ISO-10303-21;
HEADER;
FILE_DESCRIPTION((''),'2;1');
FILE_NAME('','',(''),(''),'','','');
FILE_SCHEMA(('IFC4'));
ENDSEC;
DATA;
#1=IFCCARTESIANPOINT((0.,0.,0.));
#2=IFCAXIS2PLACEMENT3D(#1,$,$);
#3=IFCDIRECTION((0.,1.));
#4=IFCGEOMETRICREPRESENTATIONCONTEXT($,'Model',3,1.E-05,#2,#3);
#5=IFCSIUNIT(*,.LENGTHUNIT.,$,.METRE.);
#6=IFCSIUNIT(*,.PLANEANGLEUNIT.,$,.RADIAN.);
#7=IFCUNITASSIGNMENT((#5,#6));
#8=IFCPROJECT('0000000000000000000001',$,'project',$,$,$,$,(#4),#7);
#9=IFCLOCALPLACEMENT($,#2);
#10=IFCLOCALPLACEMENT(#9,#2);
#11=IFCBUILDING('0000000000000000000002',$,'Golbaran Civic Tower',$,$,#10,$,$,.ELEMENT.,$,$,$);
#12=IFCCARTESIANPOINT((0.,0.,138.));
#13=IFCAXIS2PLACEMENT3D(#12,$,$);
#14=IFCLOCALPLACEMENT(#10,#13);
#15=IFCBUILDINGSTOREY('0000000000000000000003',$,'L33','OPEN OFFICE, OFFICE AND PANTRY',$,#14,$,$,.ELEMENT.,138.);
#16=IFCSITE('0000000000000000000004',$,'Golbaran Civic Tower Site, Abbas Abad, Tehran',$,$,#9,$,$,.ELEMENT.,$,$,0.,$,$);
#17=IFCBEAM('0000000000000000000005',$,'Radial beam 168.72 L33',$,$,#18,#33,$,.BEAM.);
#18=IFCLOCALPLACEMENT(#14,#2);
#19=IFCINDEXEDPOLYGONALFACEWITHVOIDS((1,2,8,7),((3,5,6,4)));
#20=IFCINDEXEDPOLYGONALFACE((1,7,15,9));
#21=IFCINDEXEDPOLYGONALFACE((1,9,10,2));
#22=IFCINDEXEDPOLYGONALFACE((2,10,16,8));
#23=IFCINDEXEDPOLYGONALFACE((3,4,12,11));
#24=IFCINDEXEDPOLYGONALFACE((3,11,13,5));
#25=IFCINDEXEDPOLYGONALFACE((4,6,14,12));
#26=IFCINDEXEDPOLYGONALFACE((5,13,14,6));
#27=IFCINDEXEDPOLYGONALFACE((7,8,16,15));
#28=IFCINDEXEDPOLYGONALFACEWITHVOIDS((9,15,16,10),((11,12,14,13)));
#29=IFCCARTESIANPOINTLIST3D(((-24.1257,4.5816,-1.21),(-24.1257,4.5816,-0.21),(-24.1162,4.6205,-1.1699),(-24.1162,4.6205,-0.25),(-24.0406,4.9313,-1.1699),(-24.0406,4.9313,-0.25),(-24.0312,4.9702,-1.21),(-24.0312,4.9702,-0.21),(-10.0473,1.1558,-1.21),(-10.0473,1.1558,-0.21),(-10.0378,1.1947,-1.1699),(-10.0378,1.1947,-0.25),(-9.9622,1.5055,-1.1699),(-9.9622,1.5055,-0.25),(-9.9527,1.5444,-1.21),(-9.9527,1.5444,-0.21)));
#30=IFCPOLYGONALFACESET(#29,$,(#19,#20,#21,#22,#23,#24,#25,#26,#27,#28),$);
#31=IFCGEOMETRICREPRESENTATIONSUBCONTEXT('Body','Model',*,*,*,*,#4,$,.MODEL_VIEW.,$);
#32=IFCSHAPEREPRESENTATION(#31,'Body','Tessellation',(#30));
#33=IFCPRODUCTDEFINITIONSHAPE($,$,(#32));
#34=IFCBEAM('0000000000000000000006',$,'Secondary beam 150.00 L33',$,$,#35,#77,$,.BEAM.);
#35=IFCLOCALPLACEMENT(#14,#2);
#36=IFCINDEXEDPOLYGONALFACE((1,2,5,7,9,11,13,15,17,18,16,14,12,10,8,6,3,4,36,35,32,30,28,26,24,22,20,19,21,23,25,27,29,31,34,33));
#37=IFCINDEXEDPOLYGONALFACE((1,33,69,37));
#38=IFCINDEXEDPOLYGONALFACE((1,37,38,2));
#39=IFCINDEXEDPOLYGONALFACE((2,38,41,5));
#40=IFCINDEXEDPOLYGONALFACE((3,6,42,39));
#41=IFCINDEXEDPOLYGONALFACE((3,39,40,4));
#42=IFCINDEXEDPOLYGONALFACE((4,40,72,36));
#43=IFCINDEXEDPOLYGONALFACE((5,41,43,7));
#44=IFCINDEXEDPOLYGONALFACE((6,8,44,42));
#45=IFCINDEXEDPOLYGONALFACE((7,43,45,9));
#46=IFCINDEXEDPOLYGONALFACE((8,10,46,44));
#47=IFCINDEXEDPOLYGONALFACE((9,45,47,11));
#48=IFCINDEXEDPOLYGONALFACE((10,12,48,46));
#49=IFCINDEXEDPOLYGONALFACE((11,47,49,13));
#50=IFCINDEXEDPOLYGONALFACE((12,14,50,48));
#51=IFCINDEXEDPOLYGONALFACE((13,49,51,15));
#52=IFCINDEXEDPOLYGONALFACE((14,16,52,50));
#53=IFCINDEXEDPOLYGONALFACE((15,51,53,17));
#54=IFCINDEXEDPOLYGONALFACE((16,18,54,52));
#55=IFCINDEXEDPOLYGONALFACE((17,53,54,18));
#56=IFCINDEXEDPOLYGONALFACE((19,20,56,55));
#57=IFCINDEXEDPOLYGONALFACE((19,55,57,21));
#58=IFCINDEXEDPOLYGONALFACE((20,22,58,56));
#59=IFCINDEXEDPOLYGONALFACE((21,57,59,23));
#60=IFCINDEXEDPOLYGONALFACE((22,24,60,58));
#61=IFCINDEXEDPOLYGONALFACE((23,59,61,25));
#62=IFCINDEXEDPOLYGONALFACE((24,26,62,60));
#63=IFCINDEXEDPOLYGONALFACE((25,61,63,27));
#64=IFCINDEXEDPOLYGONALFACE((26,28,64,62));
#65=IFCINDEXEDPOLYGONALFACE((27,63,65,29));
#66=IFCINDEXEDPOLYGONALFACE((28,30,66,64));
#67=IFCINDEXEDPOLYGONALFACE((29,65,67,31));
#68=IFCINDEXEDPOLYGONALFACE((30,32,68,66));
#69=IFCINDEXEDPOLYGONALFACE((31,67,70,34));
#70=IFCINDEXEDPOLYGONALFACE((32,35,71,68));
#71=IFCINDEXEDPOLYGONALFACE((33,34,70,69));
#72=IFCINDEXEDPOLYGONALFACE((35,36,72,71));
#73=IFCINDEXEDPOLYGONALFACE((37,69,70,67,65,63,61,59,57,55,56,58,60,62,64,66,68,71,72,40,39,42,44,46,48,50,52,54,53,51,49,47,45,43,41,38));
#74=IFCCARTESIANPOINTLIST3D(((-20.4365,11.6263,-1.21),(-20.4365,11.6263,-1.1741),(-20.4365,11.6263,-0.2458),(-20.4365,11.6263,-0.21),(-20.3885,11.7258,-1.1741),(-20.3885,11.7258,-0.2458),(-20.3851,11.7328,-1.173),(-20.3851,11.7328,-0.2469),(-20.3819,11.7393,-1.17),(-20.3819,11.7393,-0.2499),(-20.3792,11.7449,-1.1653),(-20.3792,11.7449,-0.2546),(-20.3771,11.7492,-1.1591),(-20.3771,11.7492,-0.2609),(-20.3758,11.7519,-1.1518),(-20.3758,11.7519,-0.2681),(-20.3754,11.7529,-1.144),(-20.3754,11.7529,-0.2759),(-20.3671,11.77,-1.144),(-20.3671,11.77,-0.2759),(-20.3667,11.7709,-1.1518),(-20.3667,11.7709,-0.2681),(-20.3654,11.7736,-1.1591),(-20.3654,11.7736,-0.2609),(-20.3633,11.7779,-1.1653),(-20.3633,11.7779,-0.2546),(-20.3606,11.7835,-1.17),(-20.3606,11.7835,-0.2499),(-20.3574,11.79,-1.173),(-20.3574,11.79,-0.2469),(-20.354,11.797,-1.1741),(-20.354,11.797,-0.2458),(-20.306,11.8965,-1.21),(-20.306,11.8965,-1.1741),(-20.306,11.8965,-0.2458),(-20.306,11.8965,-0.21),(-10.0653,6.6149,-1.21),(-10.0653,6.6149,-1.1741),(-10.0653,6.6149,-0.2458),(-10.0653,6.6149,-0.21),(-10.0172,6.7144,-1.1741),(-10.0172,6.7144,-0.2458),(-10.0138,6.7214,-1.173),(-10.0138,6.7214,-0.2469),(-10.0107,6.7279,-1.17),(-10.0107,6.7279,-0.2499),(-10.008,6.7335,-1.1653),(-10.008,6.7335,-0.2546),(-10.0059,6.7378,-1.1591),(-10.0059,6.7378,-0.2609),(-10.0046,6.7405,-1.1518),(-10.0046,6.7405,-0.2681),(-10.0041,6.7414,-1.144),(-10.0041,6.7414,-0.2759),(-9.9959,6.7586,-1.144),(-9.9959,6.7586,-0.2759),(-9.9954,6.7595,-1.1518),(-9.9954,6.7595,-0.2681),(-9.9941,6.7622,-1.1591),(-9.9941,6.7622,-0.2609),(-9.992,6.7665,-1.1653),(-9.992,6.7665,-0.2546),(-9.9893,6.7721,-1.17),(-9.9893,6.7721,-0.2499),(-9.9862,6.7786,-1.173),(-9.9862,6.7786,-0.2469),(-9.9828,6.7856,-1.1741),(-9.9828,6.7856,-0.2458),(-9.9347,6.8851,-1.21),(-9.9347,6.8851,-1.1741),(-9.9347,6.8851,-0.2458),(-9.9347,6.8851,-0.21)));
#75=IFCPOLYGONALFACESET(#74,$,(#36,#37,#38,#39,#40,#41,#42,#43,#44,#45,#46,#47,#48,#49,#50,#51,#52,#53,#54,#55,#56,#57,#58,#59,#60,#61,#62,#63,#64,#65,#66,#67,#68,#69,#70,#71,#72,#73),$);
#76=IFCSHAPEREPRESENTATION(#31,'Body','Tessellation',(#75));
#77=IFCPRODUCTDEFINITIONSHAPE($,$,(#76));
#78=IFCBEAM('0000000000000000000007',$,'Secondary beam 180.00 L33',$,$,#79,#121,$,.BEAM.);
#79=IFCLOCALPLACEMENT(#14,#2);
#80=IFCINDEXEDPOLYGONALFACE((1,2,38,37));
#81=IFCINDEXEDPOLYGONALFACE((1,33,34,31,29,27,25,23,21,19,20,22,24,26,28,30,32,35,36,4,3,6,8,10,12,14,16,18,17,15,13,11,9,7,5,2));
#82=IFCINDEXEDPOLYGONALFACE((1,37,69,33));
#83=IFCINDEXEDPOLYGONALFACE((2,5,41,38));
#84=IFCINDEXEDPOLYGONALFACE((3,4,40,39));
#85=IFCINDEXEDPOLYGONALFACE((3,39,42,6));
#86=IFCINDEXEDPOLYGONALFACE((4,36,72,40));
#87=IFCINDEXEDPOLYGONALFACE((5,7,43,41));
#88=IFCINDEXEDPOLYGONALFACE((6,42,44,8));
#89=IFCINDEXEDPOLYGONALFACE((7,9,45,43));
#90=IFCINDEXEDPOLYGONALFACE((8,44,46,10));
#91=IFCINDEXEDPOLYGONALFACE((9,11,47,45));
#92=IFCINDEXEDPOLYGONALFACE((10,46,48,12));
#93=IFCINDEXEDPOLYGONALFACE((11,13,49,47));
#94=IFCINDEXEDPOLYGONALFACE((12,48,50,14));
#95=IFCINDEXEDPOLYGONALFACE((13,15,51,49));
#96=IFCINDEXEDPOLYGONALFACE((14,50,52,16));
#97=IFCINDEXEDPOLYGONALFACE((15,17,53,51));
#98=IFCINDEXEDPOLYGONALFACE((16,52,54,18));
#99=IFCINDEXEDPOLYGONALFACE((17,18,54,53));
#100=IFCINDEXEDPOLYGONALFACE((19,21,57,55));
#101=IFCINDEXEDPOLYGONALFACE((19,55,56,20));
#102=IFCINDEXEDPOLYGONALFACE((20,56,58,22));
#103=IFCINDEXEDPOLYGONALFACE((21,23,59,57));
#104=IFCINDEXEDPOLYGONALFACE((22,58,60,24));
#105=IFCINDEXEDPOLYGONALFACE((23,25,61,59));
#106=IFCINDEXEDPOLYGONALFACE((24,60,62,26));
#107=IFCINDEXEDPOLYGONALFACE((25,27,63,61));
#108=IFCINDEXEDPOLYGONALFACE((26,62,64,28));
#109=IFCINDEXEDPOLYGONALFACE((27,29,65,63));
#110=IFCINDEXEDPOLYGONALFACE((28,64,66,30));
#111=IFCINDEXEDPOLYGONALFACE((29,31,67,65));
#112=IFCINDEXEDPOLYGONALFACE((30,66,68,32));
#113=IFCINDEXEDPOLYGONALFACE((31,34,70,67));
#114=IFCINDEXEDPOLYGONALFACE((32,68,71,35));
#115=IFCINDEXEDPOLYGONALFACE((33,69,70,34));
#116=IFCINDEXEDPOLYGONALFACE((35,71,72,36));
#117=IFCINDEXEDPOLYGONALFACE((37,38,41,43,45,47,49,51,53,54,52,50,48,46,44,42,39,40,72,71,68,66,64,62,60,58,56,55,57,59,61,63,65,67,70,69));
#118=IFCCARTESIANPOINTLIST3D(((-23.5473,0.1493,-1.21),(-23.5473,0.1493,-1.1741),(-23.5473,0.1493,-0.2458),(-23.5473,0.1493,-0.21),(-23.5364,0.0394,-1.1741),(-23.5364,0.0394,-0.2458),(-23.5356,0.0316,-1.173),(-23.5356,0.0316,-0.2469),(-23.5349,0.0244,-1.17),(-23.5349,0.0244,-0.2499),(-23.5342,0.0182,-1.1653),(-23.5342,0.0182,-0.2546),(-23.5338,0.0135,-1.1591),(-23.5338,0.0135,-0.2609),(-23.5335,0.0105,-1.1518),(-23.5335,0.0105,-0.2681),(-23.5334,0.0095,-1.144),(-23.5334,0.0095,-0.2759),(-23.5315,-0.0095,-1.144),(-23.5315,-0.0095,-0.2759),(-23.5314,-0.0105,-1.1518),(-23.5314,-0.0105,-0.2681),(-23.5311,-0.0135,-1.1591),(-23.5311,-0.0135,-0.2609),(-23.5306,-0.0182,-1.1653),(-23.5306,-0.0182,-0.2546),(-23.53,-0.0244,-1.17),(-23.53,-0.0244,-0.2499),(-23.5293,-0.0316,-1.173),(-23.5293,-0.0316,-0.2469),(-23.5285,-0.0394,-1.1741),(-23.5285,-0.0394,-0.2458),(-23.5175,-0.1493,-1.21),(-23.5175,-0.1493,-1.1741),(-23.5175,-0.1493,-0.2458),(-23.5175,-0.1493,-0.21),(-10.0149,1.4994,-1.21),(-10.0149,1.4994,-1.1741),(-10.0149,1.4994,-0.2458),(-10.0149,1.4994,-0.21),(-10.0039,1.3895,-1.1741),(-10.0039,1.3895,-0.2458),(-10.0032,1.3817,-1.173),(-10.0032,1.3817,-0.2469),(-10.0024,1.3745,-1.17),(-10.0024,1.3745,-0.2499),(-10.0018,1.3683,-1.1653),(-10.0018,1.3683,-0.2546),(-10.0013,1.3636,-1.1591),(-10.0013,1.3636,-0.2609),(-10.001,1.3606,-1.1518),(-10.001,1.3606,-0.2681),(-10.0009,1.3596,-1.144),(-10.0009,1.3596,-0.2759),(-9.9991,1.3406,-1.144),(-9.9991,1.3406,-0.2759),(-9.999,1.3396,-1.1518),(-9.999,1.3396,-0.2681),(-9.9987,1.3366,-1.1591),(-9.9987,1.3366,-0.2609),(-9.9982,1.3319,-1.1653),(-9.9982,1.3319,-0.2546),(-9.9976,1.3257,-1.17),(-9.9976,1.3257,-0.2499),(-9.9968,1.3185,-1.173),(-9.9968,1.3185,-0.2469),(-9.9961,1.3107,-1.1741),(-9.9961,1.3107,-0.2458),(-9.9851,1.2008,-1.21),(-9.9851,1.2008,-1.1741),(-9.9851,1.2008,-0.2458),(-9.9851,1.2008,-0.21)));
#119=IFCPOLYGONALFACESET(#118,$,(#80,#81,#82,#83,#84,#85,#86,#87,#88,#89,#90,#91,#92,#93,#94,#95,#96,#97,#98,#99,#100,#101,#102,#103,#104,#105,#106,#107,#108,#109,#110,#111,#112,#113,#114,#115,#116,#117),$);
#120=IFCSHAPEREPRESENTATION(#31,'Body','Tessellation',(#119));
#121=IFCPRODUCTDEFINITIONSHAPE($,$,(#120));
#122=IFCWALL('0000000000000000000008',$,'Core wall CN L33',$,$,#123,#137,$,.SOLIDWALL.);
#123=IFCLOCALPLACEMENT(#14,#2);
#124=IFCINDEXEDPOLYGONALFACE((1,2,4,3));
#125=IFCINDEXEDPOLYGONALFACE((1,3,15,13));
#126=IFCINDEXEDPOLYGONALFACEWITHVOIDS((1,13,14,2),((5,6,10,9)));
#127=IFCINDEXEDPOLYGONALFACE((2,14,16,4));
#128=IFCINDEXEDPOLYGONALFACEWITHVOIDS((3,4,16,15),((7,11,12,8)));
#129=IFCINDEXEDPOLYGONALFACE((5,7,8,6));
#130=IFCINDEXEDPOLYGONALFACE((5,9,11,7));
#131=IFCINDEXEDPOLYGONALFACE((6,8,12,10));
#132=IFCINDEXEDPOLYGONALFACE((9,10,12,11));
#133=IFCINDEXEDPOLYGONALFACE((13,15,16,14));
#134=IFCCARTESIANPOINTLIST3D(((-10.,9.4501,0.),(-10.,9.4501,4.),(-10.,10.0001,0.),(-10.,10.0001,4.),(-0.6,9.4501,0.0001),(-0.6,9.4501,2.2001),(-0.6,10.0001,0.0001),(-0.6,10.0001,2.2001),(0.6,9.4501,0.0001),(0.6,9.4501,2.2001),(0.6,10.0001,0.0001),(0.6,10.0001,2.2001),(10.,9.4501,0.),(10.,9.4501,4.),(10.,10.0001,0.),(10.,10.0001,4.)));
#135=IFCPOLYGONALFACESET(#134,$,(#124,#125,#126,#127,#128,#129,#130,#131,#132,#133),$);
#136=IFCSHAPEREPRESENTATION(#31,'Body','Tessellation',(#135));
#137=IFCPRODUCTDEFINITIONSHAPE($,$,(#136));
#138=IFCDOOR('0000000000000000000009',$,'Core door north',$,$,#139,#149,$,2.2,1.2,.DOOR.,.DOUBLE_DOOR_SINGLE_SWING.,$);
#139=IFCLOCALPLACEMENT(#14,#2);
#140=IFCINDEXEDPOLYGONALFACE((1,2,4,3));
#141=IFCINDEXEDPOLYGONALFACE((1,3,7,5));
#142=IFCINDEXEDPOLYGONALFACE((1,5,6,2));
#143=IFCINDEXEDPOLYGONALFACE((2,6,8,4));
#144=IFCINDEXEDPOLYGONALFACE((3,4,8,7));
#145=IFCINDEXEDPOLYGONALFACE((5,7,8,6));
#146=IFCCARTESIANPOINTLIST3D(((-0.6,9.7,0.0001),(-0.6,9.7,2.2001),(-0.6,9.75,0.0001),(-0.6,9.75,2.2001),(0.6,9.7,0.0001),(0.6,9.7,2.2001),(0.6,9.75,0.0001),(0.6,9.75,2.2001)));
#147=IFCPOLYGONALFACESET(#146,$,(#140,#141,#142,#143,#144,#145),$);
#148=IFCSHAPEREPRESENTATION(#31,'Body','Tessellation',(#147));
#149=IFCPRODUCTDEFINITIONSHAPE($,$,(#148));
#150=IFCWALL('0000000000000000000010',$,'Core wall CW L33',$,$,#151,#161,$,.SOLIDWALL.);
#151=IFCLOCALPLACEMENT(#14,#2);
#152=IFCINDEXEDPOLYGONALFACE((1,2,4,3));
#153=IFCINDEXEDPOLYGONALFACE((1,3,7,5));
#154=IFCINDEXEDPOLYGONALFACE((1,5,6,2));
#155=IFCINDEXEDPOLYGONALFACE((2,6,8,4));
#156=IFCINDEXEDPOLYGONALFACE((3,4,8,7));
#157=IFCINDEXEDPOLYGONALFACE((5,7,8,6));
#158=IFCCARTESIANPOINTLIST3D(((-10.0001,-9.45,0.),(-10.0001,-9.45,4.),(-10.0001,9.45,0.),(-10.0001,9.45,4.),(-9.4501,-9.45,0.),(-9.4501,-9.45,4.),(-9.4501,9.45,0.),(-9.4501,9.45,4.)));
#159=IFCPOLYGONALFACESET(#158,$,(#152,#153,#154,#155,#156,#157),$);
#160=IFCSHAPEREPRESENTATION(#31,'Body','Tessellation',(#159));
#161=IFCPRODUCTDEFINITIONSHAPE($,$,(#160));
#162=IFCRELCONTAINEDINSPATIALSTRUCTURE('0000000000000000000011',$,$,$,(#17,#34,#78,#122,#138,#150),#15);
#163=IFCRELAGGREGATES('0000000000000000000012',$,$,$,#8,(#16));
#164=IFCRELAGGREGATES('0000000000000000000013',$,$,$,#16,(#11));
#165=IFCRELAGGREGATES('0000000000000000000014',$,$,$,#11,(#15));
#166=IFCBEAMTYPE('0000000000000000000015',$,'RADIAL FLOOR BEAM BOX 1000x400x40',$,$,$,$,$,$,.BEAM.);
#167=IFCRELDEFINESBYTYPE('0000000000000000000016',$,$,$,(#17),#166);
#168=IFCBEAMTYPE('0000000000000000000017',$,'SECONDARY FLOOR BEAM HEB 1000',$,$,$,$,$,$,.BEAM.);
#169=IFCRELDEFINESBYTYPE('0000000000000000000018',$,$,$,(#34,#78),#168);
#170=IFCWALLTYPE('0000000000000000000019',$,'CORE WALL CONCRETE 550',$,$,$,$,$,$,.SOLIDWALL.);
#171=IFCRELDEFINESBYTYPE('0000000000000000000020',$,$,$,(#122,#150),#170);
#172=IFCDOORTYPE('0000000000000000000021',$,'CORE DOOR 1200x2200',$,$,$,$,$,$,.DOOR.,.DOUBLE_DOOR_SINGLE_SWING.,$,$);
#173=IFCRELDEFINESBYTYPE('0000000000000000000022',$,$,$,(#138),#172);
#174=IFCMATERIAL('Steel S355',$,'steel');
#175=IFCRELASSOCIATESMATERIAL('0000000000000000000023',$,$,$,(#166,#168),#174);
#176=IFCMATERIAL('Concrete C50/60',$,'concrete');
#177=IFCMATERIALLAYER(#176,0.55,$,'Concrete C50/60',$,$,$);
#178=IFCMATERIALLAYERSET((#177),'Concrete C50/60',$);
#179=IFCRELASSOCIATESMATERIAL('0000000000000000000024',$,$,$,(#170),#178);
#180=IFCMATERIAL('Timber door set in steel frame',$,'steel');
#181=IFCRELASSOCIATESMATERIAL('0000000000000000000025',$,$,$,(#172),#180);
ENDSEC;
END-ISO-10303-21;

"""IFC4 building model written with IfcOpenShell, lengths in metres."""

from ifc_helpers import new_model, si_unit, direction, frame, frame_2d, origin, origin_2d, place, context, subcontext, project, spatial, rectangle, hollow_rectangle, i_section, extrude, material, layer, layer_set, material_profile, profile_set, type_object, element, fill, save


model = new_model("IFC4")

# Units and contexts
model_context = context("Model", 3, precision=1e-05, world=origin(), true_north=direction((0.0, 1.0)))
body_context = subcontext(model_context, "Body", "Model", "MODEL_VIEW")
ifc_project = project(units=[si_unit("LENGTHUNIT", "METRE"), si_unit("PLANEANGLEUNIT", "RADIAN")], contexts=[model_context])

# Site, building, storey
site_placement = place(None, origin())
site = spatial("IfcSite", under=ifc_project, at=site_placement, Name="Golbaran Civic Tower Site, Abbas Abad, Tehran", CompositionType="ELEMENT", RefElevation=0.0)
building_placement = place(site_placement, origin())
building = spatial("IfcBuilding", under=site, at=building_placement, Name="Golbaran Civic Tower", CompositionType="ELEMENT")
storey_placement = place(building_placement, frame((0.0, 0.0, 138.0)))
storey = spatial("IfcBuildingStorey", under=building, at=storey_placement, Name="L33", Description="OPEN OFFICE, OFFICE AND PANTRY", CompositionType="ELEMENT", Elevation=138.0)

# Beams
ifc_material_1 = material(Name="Steel S355", Category="steel")
ifc_material_profile_1 = material_profile(ifc_material_1, hollow_rectangle(XDim=0.3999, YDim=1.0, WallThickness=0.04, at=origin_2d()), Name="BOX 1000x400x40")
ifc_profile_set_1 = profile_set([ifc_material_profile_1], Name="Steel S355")
beam_type_1 = type_object("IfcBeamType", Name="RADIAL FLOOR BEAM BOX 1000x400x40", PredefinedType="BEAM", material=ifc_profile_set_1)
beam_1_placement = place(storey_placement, frame((-10.0, 1.3501, -0.71), z_axis=(-0.971647, 0.236437, 0.0), x_axis=(-0.236437, -0.971647, 0.0)))
element("IfcBeam", 1, at=beam_1_placement, inside=storey, type_object=beam_type_1, Name="Radial beam 168.72 L33", PredefinedType="BEAM", context=body_context, shape_type="SweptSolid", body=[
    extrude(hollow_rectangle(XDim=0.3999, YDim=1.0, WallThickness=0.04, at=origin_2d()), origin(), (0.0, 0.0, 1.0), 14.4893),
])
ifc_material_profile_2 = material_profile(ifc_material_1, i_section(OverallWidth=0.3, OverallDepth=1.0, WebThickness=0.019, FlangeThickness=0.0359, FilletRadius=0.03, at=origin_2d()), Name="HEB 1000")
ifc_profile_set_2 = profile_set([ifc_material_profile_2], Name="Steel S355")
beam_type_2 = type_object("IfcBeamType", Name="SECONDARY FLOOR BEAM HEB 1000", PredefinedType="BEAM", material=ifc_profile_set_2)
beam_2_placement = place(storey_placement, frame((-10.0, 6.75, -0.71), z_axis=(-0.900394, 0.435074, 0.0), x_axis=(-0.435074, -0.900394, 0.0)))
element("IfcBeam", 2, at=beam_2_placement, inside=storey, type_object=beam_type_2, Name="Secondary beam 150.00 L33", PredefinedType="BEAM", context=body_context, shape_type="SweptSolid", body=[
    extrude(i_section(OverallWidth=0.3, OverallDepth=1.0, WebThickness=0.019, FlangeThickness=0.0359, FilletRadius=0.03, at=origin_2d()), origin(), (0.0, 0.0, 1.0), 11.5186),
])
beam_3_placement = place(storey_placement, frame((-10.0, 1.3501, -0.71), z_axis=(-0.99506, -0.099274, 0.0), x_axis=(0.099274, -0.99506, 0.0)))
element("IfcBeam", 3, at=beam_3_placement, inside=storey, type_object=beam_type_2, Name="Secondary beam 180.00 L33", PredefinedType="BEAM", context=body_context, shape_type="SweptSolid", body=[
    extrude(i_section(OverallWidth=0.3, OverallDepth=1.0, WebThickness=0.019, FlangeThickness=0.0359, FilletRadius=0.03, at=origin_2d()), origin(), (0.0, 0.0, 1.0), 13.5996),
])

# Wall, opening, door
ifc_material_2 = material(Name="Concrete C50/60", Category="concrete")
ifc_layer_1 = layer(ifc_material_2, 0.55, Name="Concrete C50/60")
ifc_layer_set_1 = layer_set([ifc_layer_1], Name="Concrete C50/60")
wall_type_1 = type_object("IfcWallType", Name="CORE WALL CONCRETE 550", PredefinedType="SOLIDWALL", material=ifc_layer_set_1)
wall_1_placement = place(storey_placement, frame((-10.0, 9.7251, 0.0), z_axis=(0.0, 0.0, 1.0), x_axis=(1.0, 0.0, 0.0)))
wall_1 = element("IfcWall", 4, at=wall_1_placement, inside=storey, type_object=wall_type_1, Name="Core wall CN L33", PredefinedType="SOLIDWALL", context=body_context, shape_type="SweptSolid", body=[
    extrude(rectangle(XDim=20.0, YDim=0.55, at=frame_2d((10.0, 0.0))), origin(), (0.0, 0.0, 1.0), 4.0),
])
opening_1_placement = place(wall_1_placement, frame((9.3999, 0.0, 0.0)))
opening_1 = element("IfcOpeningElement", 5, at=opening_1_placement, cuts=wall_1, PredefinedType="OPENING", context=body_context, shape_type="SweptSolid", body=[
    extrude(rectangle(XDim=1.2, YDim=2.2, at=frame_2d((0.6001, 1.1001))), frame((0.0, 0.2849, 0.0), z_axis=(0.0, -1.0, 0.0), x_axis=(1.0, 0.0, 0.0)), (0.0, 0.0, 1.0), 0.5701),
])
ifc_material_3 = material(Name="Timber door set in steel frame", Category="steel")
door_type_1 = type_object("IfcDoorType", Name="CORE DOOR 1200x2200", OperationType="DOUBLE_DOOR_SINGLE_SWING", PredefinedType="DOOR", material=ifc_material_3)
door_1_placement = place(opening_1_placement, origin())
door_1 = element("IfcDoor", 6, at=door_1_placement, inside=storey, type_object=door_type_1, Name="Core door north", OperationType="DOUBLE_DOOR_SINGLE_SWING", OverallHeight=2.2, OverallWidth=1.2, PredefinedType="DOOR", context=body_context, shape_type="SweptSolid", body=[
    extrude(rectangle(XDim=1.2, YDim=2.2, at=frame_2d((0.6001, 1.1001))), frame((0.0, 0.0249, 0.0), z_axis=(0.0, -1.0, 0.0), x_axis=(1.0, 0.0, 0.0)), (0.0, 0.0, 1.0), 0.05),
])
fill(opening_1, door_1)

# Wall
wall_2_placement = place(storey_placement, frame((-9.7251, 9.45, 0.0), z_axis=(0.0, 0.0, 1.0), x_axis=(0.0, -1.0, 0.0)))
element("IfcWall", 7, at=wall_2_placement, inside=storey, type_object=wall_type_1, Name="Core wall CW L33", PredefinedType="SOLIDWALL", context=body_context, shape_type="SweptSolid", body=[
    extrude(rectangle(XDim=18.8999, YDim=0.55, at=frame_2d((9.45, 0.0))), origin(), (0.0, 0.0, 1.0), 4.0),
])

save(model, "model.ifc")
